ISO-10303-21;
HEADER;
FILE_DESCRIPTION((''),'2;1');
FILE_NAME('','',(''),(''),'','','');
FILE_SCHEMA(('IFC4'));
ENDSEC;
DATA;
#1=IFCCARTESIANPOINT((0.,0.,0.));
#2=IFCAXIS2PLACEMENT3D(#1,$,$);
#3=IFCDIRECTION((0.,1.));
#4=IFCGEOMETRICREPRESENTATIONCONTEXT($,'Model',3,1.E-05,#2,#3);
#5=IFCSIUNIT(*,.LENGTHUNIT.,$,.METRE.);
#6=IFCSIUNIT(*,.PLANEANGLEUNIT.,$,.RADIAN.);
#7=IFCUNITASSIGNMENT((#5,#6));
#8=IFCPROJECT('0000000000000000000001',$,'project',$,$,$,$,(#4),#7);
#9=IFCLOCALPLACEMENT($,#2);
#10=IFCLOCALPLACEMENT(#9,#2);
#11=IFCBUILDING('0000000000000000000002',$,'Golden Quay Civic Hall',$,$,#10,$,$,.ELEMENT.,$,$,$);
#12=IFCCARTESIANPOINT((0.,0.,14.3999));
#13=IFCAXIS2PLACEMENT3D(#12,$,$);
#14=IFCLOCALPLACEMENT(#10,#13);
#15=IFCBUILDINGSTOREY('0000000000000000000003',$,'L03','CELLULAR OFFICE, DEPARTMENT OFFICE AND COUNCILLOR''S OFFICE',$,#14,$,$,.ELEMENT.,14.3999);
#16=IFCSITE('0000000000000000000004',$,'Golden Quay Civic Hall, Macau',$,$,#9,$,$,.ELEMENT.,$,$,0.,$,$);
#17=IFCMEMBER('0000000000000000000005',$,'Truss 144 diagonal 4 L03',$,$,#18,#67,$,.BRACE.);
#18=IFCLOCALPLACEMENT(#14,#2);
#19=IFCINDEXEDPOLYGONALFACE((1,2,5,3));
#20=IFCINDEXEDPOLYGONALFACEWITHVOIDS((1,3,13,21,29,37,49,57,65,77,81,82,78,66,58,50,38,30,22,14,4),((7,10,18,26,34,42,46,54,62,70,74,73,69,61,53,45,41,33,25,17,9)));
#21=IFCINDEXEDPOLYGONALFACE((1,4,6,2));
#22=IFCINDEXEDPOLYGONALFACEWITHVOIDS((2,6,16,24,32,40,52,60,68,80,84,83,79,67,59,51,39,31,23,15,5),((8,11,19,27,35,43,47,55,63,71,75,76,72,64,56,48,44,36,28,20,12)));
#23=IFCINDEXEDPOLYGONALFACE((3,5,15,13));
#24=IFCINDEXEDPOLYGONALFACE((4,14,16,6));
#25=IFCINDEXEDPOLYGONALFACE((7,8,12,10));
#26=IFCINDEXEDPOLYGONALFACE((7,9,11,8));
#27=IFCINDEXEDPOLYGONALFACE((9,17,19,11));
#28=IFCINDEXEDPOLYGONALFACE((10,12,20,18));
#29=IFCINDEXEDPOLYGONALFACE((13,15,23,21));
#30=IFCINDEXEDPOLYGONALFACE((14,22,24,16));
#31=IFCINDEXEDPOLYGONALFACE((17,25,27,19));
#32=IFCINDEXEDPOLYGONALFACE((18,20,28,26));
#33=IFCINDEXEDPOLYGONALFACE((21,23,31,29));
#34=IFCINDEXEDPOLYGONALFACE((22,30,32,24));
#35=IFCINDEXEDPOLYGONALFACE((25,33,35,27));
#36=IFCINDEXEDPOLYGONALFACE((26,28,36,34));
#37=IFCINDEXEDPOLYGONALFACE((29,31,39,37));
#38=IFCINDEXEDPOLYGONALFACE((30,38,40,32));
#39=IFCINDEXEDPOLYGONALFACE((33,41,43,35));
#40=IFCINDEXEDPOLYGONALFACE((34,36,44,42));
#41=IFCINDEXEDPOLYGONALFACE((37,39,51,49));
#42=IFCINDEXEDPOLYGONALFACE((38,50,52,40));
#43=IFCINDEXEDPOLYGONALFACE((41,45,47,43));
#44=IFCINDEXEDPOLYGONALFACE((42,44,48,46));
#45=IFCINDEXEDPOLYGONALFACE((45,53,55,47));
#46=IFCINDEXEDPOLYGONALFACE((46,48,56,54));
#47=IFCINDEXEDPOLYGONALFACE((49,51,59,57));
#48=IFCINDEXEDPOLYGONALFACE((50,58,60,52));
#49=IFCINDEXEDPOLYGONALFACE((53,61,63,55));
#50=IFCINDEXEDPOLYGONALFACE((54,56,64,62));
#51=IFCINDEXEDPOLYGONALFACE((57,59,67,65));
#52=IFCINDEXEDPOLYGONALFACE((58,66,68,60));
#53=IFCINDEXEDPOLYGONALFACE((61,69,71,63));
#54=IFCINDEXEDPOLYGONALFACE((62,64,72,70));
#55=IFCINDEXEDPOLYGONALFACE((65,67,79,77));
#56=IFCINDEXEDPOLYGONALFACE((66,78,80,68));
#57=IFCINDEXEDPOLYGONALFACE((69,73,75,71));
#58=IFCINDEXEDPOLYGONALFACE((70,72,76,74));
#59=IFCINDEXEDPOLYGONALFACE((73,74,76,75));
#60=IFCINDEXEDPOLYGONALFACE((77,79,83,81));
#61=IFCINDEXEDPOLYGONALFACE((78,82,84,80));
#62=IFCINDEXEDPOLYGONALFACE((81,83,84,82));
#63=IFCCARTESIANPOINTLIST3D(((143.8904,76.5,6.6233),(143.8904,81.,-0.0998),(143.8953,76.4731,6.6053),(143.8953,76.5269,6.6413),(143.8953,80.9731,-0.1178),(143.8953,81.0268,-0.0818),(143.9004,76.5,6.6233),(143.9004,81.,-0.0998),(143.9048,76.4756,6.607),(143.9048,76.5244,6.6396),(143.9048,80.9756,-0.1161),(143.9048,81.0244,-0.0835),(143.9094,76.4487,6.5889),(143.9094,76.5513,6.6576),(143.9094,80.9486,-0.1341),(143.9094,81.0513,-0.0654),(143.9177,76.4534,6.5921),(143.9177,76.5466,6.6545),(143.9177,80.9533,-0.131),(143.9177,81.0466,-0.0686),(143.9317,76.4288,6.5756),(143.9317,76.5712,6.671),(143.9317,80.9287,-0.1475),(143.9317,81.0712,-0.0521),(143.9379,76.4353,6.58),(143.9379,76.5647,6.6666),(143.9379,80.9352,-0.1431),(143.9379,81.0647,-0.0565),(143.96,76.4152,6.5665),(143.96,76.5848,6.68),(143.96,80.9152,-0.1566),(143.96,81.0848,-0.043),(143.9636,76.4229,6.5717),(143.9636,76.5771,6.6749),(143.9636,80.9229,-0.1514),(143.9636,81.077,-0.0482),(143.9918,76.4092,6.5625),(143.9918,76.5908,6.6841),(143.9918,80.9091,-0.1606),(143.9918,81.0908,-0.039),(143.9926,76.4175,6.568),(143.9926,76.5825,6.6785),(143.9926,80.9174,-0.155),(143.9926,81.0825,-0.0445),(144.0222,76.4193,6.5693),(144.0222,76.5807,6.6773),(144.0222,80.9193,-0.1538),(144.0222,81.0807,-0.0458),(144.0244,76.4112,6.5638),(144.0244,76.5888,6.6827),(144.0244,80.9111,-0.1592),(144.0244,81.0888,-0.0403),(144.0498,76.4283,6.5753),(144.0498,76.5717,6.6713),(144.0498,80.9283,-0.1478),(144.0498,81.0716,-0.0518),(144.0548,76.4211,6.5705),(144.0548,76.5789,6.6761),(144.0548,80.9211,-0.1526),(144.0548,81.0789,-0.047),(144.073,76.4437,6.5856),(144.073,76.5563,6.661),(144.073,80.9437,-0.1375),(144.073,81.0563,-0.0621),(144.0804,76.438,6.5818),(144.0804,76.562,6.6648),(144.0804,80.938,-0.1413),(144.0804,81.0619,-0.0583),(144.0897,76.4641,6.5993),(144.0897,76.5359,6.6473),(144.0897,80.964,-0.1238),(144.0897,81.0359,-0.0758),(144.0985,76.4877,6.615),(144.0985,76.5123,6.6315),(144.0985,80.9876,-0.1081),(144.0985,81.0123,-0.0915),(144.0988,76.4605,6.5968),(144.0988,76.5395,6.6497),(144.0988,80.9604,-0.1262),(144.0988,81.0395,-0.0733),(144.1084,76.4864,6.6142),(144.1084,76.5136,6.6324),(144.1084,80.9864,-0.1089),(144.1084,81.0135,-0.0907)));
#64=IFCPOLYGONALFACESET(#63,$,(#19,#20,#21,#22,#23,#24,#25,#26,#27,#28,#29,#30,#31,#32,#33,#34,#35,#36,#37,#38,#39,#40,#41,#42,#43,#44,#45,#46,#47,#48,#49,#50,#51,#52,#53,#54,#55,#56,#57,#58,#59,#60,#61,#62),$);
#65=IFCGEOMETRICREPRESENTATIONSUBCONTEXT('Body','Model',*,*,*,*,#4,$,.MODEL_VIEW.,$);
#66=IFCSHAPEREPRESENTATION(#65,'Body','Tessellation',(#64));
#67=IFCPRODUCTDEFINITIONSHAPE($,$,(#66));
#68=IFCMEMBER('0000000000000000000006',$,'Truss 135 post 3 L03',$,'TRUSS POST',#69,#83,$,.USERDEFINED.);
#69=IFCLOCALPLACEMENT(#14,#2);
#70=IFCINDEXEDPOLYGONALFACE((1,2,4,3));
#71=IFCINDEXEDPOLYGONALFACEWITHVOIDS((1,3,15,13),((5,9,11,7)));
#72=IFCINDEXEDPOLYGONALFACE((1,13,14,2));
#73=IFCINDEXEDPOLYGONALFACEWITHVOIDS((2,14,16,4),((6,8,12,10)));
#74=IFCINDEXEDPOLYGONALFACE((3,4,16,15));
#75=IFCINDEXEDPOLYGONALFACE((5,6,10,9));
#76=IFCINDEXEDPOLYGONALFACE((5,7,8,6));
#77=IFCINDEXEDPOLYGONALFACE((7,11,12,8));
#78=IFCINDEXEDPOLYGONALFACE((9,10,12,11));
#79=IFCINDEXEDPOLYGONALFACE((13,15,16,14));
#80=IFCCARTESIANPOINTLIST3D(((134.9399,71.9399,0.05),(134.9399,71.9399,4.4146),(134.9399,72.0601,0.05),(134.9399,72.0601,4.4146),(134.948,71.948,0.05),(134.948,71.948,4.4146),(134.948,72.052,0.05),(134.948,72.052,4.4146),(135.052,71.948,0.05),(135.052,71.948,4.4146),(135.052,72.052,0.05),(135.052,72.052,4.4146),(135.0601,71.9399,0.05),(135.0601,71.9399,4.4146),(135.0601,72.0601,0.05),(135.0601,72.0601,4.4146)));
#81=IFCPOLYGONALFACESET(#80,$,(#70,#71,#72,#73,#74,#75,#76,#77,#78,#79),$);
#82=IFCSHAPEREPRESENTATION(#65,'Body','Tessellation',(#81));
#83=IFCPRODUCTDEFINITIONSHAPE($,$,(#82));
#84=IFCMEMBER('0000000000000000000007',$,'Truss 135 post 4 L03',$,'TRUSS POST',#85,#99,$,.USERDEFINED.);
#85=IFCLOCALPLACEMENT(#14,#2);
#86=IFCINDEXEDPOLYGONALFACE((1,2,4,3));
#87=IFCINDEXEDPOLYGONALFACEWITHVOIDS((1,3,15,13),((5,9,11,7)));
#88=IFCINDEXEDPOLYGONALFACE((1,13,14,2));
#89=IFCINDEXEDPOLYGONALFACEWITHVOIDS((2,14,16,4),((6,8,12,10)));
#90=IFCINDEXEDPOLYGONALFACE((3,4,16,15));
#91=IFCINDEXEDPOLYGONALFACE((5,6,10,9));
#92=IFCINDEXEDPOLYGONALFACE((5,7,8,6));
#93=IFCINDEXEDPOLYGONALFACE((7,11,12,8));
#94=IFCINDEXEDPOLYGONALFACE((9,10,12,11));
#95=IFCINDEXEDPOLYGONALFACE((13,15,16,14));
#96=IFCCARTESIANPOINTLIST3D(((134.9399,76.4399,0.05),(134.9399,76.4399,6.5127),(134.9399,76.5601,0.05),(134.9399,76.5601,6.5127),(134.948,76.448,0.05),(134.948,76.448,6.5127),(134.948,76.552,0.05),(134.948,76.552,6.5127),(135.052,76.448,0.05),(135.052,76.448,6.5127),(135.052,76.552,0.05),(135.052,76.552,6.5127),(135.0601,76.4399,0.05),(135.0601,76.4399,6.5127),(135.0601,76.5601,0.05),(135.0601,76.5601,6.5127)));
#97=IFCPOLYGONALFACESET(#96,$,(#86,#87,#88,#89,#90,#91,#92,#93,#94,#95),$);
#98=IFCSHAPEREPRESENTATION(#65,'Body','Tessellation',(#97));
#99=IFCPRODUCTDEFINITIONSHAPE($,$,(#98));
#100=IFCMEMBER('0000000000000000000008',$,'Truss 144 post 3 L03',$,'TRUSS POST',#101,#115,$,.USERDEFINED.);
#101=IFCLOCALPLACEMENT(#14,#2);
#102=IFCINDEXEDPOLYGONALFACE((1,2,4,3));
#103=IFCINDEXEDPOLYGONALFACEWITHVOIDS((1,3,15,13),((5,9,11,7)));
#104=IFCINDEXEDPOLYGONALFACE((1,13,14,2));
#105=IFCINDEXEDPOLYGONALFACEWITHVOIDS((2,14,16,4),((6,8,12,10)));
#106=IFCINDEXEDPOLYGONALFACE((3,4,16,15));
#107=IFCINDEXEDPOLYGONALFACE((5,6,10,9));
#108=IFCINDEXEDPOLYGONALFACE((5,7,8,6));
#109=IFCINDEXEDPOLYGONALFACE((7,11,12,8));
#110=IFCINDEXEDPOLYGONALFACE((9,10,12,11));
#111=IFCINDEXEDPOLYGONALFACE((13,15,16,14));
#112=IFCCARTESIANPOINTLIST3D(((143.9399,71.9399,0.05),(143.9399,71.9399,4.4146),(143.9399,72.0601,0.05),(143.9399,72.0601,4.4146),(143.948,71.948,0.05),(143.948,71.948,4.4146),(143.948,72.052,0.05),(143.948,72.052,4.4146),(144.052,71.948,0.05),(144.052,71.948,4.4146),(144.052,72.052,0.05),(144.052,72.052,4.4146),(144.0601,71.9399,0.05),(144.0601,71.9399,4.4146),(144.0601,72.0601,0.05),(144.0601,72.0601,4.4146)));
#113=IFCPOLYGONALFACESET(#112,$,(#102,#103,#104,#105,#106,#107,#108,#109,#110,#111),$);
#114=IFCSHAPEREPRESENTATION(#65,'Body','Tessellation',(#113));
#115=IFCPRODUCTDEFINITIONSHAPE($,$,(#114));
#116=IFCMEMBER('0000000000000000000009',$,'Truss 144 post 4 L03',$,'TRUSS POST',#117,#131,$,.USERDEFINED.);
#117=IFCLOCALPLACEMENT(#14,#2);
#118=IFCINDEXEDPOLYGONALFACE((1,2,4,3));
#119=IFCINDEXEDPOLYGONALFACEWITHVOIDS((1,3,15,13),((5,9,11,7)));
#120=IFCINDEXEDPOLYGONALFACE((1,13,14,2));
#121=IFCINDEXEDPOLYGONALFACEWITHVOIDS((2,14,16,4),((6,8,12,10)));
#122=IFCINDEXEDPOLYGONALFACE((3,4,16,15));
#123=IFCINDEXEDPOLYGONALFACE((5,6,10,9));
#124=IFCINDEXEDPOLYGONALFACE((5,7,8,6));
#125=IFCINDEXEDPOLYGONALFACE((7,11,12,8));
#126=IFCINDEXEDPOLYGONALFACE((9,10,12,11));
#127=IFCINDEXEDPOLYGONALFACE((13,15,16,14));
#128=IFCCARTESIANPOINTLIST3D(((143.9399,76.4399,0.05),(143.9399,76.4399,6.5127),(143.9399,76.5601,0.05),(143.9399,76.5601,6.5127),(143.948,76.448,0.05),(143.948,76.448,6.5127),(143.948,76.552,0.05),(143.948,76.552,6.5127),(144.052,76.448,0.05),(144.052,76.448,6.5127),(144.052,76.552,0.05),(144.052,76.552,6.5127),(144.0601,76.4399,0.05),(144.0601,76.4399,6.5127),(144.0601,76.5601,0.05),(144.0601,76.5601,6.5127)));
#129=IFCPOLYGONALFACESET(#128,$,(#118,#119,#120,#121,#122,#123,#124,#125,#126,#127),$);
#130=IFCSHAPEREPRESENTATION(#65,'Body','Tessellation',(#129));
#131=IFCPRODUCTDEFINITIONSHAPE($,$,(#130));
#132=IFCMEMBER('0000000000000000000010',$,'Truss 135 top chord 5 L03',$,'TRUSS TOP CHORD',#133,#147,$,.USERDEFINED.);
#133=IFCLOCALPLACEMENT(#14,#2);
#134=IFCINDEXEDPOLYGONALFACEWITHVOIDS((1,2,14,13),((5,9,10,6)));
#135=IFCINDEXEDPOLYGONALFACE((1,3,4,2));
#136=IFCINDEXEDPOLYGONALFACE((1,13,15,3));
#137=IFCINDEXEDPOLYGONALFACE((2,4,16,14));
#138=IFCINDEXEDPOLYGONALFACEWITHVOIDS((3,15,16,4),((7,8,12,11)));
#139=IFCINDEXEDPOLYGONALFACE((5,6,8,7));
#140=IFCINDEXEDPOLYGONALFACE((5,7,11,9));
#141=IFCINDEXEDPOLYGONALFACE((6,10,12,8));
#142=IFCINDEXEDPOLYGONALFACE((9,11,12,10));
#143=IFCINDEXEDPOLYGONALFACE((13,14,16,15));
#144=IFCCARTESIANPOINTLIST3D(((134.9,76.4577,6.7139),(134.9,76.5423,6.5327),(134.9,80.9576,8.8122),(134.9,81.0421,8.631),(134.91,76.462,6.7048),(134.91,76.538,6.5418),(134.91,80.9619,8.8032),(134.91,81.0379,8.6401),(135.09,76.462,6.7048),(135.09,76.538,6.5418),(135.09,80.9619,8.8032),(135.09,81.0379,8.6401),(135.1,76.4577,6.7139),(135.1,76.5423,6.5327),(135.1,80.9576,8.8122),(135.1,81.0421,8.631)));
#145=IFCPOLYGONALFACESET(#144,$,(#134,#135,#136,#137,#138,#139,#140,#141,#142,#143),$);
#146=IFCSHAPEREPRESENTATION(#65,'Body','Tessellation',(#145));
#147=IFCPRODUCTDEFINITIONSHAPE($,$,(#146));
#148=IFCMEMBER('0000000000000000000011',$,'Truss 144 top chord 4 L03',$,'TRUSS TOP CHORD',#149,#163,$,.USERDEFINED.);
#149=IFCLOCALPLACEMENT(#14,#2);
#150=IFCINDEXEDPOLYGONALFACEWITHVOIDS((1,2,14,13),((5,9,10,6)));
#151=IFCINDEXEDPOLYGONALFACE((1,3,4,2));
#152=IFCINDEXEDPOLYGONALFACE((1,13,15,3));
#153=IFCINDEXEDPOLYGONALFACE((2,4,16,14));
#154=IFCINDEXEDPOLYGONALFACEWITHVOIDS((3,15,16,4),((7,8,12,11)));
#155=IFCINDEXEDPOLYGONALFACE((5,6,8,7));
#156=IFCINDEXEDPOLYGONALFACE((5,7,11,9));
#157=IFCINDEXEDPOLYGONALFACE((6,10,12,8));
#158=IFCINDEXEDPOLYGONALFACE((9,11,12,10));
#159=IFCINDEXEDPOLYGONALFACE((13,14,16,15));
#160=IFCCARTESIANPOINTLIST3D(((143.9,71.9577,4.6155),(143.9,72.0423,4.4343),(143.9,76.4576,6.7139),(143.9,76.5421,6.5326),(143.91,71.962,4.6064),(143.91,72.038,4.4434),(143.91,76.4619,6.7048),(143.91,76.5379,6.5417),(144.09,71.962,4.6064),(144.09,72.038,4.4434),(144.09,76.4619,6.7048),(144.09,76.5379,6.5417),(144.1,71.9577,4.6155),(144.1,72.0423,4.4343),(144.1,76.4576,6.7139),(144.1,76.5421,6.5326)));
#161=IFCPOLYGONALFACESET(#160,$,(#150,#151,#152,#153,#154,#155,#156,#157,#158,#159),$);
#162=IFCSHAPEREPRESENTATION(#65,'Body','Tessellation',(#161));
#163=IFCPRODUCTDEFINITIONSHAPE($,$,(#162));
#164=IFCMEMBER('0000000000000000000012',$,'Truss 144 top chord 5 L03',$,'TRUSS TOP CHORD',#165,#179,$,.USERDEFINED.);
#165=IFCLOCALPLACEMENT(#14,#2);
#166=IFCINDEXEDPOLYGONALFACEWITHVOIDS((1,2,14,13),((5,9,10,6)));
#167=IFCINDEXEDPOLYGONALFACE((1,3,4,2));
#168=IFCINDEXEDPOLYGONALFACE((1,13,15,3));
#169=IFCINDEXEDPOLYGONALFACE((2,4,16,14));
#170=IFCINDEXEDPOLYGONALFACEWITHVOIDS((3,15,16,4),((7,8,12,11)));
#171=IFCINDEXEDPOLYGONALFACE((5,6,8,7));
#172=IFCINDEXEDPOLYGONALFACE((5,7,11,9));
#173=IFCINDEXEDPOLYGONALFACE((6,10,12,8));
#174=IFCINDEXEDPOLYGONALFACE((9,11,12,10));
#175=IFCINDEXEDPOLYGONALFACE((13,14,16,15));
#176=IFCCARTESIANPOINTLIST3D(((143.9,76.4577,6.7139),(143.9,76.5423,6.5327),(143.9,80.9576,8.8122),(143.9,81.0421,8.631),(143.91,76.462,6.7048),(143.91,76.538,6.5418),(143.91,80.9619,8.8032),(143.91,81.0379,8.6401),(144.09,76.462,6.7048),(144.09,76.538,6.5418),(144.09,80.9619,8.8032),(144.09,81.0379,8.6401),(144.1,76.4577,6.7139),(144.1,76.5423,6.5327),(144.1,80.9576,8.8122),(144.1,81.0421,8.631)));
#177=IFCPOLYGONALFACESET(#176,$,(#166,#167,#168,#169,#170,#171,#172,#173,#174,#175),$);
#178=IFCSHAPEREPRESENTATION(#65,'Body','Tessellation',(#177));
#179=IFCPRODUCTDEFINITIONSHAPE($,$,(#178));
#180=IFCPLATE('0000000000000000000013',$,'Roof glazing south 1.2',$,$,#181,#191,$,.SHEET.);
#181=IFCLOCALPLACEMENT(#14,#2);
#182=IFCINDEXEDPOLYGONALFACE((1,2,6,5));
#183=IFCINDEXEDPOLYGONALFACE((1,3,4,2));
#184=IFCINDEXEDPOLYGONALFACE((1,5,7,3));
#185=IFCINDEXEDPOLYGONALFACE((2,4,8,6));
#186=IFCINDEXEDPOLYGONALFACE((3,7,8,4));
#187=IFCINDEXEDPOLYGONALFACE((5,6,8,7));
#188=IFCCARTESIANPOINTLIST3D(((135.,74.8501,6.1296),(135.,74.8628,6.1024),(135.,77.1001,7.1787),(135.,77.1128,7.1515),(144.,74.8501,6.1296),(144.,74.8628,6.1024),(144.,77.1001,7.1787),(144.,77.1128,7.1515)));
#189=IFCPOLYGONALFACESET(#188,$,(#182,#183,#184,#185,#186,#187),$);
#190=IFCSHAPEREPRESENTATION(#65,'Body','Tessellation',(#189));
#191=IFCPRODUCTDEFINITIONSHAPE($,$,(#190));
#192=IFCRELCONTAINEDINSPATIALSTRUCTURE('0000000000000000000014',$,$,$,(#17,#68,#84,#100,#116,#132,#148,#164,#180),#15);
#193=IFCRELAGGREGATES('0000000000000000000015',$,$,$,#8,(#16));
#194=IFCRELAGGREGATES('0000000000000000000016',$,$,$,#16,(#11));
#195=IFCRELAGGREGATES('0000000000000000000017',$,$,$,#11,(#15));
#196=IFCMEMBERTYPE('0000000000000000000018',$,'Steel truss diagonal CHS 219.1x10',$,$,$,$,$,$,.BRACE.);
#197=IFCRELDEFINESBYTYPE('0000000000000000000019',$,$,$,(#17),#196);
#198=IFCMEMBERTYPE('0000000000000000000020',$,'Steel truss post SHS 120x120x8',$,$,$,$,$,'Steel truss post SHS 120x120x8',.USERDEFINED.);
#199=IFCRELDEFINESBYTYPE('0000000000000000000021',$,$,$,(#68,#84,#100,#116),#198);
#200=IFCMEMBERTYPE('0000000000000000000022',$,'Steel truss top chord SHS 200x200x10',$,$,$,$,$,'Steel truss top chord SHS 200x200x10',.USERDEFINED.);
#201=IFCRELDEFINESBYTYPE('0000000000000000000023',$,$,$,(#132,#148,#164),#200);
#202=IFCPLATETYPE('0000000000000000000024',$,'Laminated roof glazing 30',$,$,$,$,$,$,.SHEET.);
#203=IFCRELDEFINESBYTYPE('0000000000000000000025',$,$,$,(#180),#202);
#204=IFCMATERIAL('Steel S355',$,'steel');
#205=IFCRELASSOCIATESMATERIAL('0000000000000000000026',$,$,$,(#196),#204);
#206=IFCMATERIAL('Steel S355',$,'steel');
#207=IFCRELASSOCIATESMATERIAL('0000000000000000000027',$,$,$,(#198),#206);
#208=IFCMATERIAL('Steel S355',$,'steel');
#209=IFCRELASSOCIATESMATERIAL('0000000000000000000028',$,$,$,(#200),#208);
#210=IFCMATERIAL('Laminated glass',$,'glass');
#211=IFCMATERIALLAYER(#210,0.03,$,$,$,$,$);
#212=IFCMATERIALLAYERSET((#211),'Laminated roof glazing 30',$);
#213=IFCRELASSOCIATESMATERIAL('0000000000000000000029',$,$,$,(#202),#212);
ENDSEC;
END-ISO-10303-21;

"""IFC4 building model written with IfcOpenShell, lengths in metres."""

from ifc_helpers import new_model, si_unit, direction, frame, origin, origin_2d, place, context, subcontext, project, spatial, polyline, hollow_rectangle, hollow_circle, outline, extrude, material, layer, layer_set, material_profile, profile_set, type_object, element, save


model = new_model("IFC4")

# Units and contexts
model_context = context("Model", 3, precision=1e-05, world=origin(), true_north=direction((0.0, 1.0)))
body_context = subcontext(model_context, "Body", "Model", "MODEL_VIEW")
ifc_project = project(units=[si_unit("LENGTHUNIT", "METRE"), si_unit("PLANEANGLEUNIT", "RADIAN")], contexts=[model_context])

# Site, building, storey
site_placement = place(None, origin())
site = spatial("IfcSite", under=ifc_project, at=site_placement, Name="Golden Quay Civic Hall, Macau", CompositionType="ELEMENT", RefElevation=0.0)
building_placement = place(site_placement, origin())
building = spatial("IfcBuilding", under=site, at=building_placement, Name="Golden Quay Civic Hall", CompositionType="ELEMENT")
storey_placement = place(building_placement, frame((0.0, 0.0, 14.3999)))
storey = spatial("IfcBuildingStorey", under=building, at=storey_placement, Name="L03", Description="CELLULAR OFFICE, DEPARTMENT OFFICE AND COUNCILLOR'S OFFICE", CompositionType="ELEMENT", Elevation=14.3999)

# Members
ifc_material_1 = material(Name="Steel S355", Category="steel")
ifc_material_profile_1 = material_profile(ifc_material_1, hollow_circle(Radius=0.1096, WallThickness=0.01, at=origin_2d()), Name="CHS 219.1x10")
ifc_profile_set_1 = profile_set([ifc_material_profile_1], Name="Steel S355")
member_type_1 = type_object("IfcMemberType", Name="Steel truss diagonal CHS 219.1x10", PredefinedType="BRACE", material=ifc_profile_set_1)
member_1_placement = place(storey_placement, frame((144.0, 76.5, 6.6233), z_axis=(0.0, 0.556231, -0.831027), x_axis=(-1.0, 0.0, 0.0)))
element("IfcMember", 1, at=member_1_placement, inside=storey, type_object=member_type_1, Name="Truss 144 diagonal 4 L03", PredefinedType="BRACE", context=body_context, shape_type="SweptSolid", body=[
    extrude(hollow_circle(Radius=0.1096, WallThickness=0.01, at=origin_2d()), origin(), (0.0, 0.0, 1.0), 8.0901),
])
ifc_material_2 = material(Name="Steel S355", Category="steel")
ifc_material_profile_2 = material_profile(ifc_material_2, hollow_rectangle(XDim=0.1201, YDim=0.1201, WallThickness=0.0081, at=origin_2d()), Name="SHS 120x120x8")
ifc_profile_set_2 = profile_set([ifc_material_profile_2], Name="Steel S355")
member_type_2 = type_object("IfcMemberType", Name="Steel truss post SHS 120x120x8", ElementType="Steel truss post SHS 120x120x8", PredefinedType="USERDEFINED", material=ifc_profile_set_2)
member_2_placement = place(storey_placement, frame((135.0, 72.0, 0.05), z_axis=(0.0, 0.0, 1.0), x_axis=(1.0, 0.0, 0.0)))
element("IfcMember", 2, at=member_2_placement, inside=storey, type_object=member_type_2, Name="Truss 135 post 3 L03", ObjectType="TRUSS POST", PredefinedType="USERDEFINED", context=body_context, shape_type="SweptSolid", body=[
    extrude(hollow_rectangle(XDim=0.1201, YDim=0.1201, WallThickness=0.0081, at=origin_2d()), origin(), (0.0, 0.0, 1.0), 4.3645),
])
member_3_placement = place(storey_placement, frame((135.0, 76.5, 0.05), z_axis=(0.0, 0.0, 1.0), x_axis=(1.0, 0.0, 0.0)))
element("IfcMember", 3, at=member_3_placement, inside=storey, type_object=member_type_2, Name="Truss 135 post 4 L03", ObjectType="TRUSS POST", PredefinedType="USERDEFINED", context=body_context, shape_type="SweptSolid", body=[
    extrude(hollow_rectangle(XDim=0.1201, YDim=0.1201, WallThickness=0.0081, at=origin_2d()), origin(), (0.0, 0.0, 1.0), 6.4626),
])
member_4_placement = place(storey_placement, frame((144.0, 72.0, 0.05), z_axis=(0.0, 0.0, 1.0), x_axis=(1.0, 0.0, 0.0)))
element("IfcMember", 4, at=member_4_placement, inside=storey, type_object=member_type_2, Name="Truss 144 post 3 L03", ObjectType="TRUSS POST", PredefinedType="USERDEFINED", context=body_context, shape_type="SweptSolid", body=[
    extrude(hollow_rectangle(XDim=0.1201, YDim=0.1201, WallThickness=0.0081, at=origin_2d()), origin(), (0.0, 0.0, 1.0), 4.3645),
])
member_5_placement = place(storey_placement, frame((144.0, 76.5, 0.05), z_axis=(0.0, 0.0, 1.0), x_axis=(1.0, 0.0, 0.0)))
element("IfcMember", 5, at=member_5_placement, inside=storey, type_object=member_type_2, Name="Truss 144 post 4 L03", ObjectType="TRUSS POST", PredefinedType="USERDEFINED", context=body_context, shape_type="SweptSolid", body=[
    extrude(hollow_rectangle(XDim=0.1201, YDim=0.1201, WallThickness=0.0081, at=origin_2d()), origin(), (0.0, 0.0, 1.0), 6.4626),
])
ifc_material_3 = material(Name="Steel S355", Category="steel")
ifc_material_profile_3 = material_profile(ifc_material_3, hollow_rectangle(XDim=0.2, YDim=0.2, WallThickness=0.01, at=origin_2d()), Name="SHS 200x200x10")
ifc_profile_set_3 = profile_set([ifc_material_profile_3], Name="Steel S355")
member_type_3 = type_object("IfcMemberType", Name="Steel truss top chord SHS 200x200x10", ElementType="Steel truss top chord SHS 200x200x10", PredefinedType="USERDEFINED", material=ifc_profile_set_3)
for number, where, z_axis, x_axis, name in (
    (6, (135.0, 76.5, 6.6233), (0.0, 0.906307, 0.422619), (-1.0, 0.0, 0.0), "Truss 135 top chord 5 L03"),
    (7, (144.0, 72.0, 4.5249), (0.0, 0.906307, 0.422619), (-1.0, 0.0, 0.0), "Truss 144 top chord 4 L03"),
    (8, (144.0, 76.5, 6.6233), (0.0, 0.906307, 0.422619), (-1.0, 0.0, 0.0), "Truss 144 top chord 5 L03"),
):
    element("IfcMember", number, at=place(storey_placement, frame(where, z_axis=z_axis, x_axis=x_axis)), inside=storey, type_object=member_type_3, Name=name, ObjectType="TRUSS TOP CHORD", PredefinedType="USERDEFINED", context=body_context, shape_type="SweptSolid", body=[
        extrude(hollow_rectangle(XDim=0.2, YDim=0.2, WallThickness=0.01, at=origin_2d()), origin(), (0.0, 0.0, 1.0), 4.9651),
    ])

# Plate
ifc_material_4 = material(Name="Laminated glass", Category="glass")
ifc_layer = layer(ifc_material_4, 0.03)
ifc_layer_set = layer_set([ifc_layer], Name="Laminated roof glazing 30")
plate_type = type_object("IfcPlateType", Name="Laminated roof glazing 30", PredefinedType="SHEET", material=ifc_layer_set)
for number, where, z_axis, x_axis, name in (
    (9, (135.0, 74.8501, 6.1296), (0.0, -0.422579, 0.906326), (1.0, 0.0, 0.0), "Roof glazing south 1.2"),
):
    element("IfcPlate", number, at=place(storey_placement, frame(where, z_axis=z_axis, x_axis=x_axis)), inside=storey, type_object=plate_type, Name=name, PredefinedType="SHEET", context=body_context, shape_type="SweptSolid", body=[
        extrude(outline(polyline([(0.0, 0.0), (9.0, 0.0), (9.0, 2.4825), (0.0, 2.4825), (0.0, 0.0)])), origin(), (0.0, 0.0, -1.0), 0.03),
    ])

save(model, "model.ifc")
